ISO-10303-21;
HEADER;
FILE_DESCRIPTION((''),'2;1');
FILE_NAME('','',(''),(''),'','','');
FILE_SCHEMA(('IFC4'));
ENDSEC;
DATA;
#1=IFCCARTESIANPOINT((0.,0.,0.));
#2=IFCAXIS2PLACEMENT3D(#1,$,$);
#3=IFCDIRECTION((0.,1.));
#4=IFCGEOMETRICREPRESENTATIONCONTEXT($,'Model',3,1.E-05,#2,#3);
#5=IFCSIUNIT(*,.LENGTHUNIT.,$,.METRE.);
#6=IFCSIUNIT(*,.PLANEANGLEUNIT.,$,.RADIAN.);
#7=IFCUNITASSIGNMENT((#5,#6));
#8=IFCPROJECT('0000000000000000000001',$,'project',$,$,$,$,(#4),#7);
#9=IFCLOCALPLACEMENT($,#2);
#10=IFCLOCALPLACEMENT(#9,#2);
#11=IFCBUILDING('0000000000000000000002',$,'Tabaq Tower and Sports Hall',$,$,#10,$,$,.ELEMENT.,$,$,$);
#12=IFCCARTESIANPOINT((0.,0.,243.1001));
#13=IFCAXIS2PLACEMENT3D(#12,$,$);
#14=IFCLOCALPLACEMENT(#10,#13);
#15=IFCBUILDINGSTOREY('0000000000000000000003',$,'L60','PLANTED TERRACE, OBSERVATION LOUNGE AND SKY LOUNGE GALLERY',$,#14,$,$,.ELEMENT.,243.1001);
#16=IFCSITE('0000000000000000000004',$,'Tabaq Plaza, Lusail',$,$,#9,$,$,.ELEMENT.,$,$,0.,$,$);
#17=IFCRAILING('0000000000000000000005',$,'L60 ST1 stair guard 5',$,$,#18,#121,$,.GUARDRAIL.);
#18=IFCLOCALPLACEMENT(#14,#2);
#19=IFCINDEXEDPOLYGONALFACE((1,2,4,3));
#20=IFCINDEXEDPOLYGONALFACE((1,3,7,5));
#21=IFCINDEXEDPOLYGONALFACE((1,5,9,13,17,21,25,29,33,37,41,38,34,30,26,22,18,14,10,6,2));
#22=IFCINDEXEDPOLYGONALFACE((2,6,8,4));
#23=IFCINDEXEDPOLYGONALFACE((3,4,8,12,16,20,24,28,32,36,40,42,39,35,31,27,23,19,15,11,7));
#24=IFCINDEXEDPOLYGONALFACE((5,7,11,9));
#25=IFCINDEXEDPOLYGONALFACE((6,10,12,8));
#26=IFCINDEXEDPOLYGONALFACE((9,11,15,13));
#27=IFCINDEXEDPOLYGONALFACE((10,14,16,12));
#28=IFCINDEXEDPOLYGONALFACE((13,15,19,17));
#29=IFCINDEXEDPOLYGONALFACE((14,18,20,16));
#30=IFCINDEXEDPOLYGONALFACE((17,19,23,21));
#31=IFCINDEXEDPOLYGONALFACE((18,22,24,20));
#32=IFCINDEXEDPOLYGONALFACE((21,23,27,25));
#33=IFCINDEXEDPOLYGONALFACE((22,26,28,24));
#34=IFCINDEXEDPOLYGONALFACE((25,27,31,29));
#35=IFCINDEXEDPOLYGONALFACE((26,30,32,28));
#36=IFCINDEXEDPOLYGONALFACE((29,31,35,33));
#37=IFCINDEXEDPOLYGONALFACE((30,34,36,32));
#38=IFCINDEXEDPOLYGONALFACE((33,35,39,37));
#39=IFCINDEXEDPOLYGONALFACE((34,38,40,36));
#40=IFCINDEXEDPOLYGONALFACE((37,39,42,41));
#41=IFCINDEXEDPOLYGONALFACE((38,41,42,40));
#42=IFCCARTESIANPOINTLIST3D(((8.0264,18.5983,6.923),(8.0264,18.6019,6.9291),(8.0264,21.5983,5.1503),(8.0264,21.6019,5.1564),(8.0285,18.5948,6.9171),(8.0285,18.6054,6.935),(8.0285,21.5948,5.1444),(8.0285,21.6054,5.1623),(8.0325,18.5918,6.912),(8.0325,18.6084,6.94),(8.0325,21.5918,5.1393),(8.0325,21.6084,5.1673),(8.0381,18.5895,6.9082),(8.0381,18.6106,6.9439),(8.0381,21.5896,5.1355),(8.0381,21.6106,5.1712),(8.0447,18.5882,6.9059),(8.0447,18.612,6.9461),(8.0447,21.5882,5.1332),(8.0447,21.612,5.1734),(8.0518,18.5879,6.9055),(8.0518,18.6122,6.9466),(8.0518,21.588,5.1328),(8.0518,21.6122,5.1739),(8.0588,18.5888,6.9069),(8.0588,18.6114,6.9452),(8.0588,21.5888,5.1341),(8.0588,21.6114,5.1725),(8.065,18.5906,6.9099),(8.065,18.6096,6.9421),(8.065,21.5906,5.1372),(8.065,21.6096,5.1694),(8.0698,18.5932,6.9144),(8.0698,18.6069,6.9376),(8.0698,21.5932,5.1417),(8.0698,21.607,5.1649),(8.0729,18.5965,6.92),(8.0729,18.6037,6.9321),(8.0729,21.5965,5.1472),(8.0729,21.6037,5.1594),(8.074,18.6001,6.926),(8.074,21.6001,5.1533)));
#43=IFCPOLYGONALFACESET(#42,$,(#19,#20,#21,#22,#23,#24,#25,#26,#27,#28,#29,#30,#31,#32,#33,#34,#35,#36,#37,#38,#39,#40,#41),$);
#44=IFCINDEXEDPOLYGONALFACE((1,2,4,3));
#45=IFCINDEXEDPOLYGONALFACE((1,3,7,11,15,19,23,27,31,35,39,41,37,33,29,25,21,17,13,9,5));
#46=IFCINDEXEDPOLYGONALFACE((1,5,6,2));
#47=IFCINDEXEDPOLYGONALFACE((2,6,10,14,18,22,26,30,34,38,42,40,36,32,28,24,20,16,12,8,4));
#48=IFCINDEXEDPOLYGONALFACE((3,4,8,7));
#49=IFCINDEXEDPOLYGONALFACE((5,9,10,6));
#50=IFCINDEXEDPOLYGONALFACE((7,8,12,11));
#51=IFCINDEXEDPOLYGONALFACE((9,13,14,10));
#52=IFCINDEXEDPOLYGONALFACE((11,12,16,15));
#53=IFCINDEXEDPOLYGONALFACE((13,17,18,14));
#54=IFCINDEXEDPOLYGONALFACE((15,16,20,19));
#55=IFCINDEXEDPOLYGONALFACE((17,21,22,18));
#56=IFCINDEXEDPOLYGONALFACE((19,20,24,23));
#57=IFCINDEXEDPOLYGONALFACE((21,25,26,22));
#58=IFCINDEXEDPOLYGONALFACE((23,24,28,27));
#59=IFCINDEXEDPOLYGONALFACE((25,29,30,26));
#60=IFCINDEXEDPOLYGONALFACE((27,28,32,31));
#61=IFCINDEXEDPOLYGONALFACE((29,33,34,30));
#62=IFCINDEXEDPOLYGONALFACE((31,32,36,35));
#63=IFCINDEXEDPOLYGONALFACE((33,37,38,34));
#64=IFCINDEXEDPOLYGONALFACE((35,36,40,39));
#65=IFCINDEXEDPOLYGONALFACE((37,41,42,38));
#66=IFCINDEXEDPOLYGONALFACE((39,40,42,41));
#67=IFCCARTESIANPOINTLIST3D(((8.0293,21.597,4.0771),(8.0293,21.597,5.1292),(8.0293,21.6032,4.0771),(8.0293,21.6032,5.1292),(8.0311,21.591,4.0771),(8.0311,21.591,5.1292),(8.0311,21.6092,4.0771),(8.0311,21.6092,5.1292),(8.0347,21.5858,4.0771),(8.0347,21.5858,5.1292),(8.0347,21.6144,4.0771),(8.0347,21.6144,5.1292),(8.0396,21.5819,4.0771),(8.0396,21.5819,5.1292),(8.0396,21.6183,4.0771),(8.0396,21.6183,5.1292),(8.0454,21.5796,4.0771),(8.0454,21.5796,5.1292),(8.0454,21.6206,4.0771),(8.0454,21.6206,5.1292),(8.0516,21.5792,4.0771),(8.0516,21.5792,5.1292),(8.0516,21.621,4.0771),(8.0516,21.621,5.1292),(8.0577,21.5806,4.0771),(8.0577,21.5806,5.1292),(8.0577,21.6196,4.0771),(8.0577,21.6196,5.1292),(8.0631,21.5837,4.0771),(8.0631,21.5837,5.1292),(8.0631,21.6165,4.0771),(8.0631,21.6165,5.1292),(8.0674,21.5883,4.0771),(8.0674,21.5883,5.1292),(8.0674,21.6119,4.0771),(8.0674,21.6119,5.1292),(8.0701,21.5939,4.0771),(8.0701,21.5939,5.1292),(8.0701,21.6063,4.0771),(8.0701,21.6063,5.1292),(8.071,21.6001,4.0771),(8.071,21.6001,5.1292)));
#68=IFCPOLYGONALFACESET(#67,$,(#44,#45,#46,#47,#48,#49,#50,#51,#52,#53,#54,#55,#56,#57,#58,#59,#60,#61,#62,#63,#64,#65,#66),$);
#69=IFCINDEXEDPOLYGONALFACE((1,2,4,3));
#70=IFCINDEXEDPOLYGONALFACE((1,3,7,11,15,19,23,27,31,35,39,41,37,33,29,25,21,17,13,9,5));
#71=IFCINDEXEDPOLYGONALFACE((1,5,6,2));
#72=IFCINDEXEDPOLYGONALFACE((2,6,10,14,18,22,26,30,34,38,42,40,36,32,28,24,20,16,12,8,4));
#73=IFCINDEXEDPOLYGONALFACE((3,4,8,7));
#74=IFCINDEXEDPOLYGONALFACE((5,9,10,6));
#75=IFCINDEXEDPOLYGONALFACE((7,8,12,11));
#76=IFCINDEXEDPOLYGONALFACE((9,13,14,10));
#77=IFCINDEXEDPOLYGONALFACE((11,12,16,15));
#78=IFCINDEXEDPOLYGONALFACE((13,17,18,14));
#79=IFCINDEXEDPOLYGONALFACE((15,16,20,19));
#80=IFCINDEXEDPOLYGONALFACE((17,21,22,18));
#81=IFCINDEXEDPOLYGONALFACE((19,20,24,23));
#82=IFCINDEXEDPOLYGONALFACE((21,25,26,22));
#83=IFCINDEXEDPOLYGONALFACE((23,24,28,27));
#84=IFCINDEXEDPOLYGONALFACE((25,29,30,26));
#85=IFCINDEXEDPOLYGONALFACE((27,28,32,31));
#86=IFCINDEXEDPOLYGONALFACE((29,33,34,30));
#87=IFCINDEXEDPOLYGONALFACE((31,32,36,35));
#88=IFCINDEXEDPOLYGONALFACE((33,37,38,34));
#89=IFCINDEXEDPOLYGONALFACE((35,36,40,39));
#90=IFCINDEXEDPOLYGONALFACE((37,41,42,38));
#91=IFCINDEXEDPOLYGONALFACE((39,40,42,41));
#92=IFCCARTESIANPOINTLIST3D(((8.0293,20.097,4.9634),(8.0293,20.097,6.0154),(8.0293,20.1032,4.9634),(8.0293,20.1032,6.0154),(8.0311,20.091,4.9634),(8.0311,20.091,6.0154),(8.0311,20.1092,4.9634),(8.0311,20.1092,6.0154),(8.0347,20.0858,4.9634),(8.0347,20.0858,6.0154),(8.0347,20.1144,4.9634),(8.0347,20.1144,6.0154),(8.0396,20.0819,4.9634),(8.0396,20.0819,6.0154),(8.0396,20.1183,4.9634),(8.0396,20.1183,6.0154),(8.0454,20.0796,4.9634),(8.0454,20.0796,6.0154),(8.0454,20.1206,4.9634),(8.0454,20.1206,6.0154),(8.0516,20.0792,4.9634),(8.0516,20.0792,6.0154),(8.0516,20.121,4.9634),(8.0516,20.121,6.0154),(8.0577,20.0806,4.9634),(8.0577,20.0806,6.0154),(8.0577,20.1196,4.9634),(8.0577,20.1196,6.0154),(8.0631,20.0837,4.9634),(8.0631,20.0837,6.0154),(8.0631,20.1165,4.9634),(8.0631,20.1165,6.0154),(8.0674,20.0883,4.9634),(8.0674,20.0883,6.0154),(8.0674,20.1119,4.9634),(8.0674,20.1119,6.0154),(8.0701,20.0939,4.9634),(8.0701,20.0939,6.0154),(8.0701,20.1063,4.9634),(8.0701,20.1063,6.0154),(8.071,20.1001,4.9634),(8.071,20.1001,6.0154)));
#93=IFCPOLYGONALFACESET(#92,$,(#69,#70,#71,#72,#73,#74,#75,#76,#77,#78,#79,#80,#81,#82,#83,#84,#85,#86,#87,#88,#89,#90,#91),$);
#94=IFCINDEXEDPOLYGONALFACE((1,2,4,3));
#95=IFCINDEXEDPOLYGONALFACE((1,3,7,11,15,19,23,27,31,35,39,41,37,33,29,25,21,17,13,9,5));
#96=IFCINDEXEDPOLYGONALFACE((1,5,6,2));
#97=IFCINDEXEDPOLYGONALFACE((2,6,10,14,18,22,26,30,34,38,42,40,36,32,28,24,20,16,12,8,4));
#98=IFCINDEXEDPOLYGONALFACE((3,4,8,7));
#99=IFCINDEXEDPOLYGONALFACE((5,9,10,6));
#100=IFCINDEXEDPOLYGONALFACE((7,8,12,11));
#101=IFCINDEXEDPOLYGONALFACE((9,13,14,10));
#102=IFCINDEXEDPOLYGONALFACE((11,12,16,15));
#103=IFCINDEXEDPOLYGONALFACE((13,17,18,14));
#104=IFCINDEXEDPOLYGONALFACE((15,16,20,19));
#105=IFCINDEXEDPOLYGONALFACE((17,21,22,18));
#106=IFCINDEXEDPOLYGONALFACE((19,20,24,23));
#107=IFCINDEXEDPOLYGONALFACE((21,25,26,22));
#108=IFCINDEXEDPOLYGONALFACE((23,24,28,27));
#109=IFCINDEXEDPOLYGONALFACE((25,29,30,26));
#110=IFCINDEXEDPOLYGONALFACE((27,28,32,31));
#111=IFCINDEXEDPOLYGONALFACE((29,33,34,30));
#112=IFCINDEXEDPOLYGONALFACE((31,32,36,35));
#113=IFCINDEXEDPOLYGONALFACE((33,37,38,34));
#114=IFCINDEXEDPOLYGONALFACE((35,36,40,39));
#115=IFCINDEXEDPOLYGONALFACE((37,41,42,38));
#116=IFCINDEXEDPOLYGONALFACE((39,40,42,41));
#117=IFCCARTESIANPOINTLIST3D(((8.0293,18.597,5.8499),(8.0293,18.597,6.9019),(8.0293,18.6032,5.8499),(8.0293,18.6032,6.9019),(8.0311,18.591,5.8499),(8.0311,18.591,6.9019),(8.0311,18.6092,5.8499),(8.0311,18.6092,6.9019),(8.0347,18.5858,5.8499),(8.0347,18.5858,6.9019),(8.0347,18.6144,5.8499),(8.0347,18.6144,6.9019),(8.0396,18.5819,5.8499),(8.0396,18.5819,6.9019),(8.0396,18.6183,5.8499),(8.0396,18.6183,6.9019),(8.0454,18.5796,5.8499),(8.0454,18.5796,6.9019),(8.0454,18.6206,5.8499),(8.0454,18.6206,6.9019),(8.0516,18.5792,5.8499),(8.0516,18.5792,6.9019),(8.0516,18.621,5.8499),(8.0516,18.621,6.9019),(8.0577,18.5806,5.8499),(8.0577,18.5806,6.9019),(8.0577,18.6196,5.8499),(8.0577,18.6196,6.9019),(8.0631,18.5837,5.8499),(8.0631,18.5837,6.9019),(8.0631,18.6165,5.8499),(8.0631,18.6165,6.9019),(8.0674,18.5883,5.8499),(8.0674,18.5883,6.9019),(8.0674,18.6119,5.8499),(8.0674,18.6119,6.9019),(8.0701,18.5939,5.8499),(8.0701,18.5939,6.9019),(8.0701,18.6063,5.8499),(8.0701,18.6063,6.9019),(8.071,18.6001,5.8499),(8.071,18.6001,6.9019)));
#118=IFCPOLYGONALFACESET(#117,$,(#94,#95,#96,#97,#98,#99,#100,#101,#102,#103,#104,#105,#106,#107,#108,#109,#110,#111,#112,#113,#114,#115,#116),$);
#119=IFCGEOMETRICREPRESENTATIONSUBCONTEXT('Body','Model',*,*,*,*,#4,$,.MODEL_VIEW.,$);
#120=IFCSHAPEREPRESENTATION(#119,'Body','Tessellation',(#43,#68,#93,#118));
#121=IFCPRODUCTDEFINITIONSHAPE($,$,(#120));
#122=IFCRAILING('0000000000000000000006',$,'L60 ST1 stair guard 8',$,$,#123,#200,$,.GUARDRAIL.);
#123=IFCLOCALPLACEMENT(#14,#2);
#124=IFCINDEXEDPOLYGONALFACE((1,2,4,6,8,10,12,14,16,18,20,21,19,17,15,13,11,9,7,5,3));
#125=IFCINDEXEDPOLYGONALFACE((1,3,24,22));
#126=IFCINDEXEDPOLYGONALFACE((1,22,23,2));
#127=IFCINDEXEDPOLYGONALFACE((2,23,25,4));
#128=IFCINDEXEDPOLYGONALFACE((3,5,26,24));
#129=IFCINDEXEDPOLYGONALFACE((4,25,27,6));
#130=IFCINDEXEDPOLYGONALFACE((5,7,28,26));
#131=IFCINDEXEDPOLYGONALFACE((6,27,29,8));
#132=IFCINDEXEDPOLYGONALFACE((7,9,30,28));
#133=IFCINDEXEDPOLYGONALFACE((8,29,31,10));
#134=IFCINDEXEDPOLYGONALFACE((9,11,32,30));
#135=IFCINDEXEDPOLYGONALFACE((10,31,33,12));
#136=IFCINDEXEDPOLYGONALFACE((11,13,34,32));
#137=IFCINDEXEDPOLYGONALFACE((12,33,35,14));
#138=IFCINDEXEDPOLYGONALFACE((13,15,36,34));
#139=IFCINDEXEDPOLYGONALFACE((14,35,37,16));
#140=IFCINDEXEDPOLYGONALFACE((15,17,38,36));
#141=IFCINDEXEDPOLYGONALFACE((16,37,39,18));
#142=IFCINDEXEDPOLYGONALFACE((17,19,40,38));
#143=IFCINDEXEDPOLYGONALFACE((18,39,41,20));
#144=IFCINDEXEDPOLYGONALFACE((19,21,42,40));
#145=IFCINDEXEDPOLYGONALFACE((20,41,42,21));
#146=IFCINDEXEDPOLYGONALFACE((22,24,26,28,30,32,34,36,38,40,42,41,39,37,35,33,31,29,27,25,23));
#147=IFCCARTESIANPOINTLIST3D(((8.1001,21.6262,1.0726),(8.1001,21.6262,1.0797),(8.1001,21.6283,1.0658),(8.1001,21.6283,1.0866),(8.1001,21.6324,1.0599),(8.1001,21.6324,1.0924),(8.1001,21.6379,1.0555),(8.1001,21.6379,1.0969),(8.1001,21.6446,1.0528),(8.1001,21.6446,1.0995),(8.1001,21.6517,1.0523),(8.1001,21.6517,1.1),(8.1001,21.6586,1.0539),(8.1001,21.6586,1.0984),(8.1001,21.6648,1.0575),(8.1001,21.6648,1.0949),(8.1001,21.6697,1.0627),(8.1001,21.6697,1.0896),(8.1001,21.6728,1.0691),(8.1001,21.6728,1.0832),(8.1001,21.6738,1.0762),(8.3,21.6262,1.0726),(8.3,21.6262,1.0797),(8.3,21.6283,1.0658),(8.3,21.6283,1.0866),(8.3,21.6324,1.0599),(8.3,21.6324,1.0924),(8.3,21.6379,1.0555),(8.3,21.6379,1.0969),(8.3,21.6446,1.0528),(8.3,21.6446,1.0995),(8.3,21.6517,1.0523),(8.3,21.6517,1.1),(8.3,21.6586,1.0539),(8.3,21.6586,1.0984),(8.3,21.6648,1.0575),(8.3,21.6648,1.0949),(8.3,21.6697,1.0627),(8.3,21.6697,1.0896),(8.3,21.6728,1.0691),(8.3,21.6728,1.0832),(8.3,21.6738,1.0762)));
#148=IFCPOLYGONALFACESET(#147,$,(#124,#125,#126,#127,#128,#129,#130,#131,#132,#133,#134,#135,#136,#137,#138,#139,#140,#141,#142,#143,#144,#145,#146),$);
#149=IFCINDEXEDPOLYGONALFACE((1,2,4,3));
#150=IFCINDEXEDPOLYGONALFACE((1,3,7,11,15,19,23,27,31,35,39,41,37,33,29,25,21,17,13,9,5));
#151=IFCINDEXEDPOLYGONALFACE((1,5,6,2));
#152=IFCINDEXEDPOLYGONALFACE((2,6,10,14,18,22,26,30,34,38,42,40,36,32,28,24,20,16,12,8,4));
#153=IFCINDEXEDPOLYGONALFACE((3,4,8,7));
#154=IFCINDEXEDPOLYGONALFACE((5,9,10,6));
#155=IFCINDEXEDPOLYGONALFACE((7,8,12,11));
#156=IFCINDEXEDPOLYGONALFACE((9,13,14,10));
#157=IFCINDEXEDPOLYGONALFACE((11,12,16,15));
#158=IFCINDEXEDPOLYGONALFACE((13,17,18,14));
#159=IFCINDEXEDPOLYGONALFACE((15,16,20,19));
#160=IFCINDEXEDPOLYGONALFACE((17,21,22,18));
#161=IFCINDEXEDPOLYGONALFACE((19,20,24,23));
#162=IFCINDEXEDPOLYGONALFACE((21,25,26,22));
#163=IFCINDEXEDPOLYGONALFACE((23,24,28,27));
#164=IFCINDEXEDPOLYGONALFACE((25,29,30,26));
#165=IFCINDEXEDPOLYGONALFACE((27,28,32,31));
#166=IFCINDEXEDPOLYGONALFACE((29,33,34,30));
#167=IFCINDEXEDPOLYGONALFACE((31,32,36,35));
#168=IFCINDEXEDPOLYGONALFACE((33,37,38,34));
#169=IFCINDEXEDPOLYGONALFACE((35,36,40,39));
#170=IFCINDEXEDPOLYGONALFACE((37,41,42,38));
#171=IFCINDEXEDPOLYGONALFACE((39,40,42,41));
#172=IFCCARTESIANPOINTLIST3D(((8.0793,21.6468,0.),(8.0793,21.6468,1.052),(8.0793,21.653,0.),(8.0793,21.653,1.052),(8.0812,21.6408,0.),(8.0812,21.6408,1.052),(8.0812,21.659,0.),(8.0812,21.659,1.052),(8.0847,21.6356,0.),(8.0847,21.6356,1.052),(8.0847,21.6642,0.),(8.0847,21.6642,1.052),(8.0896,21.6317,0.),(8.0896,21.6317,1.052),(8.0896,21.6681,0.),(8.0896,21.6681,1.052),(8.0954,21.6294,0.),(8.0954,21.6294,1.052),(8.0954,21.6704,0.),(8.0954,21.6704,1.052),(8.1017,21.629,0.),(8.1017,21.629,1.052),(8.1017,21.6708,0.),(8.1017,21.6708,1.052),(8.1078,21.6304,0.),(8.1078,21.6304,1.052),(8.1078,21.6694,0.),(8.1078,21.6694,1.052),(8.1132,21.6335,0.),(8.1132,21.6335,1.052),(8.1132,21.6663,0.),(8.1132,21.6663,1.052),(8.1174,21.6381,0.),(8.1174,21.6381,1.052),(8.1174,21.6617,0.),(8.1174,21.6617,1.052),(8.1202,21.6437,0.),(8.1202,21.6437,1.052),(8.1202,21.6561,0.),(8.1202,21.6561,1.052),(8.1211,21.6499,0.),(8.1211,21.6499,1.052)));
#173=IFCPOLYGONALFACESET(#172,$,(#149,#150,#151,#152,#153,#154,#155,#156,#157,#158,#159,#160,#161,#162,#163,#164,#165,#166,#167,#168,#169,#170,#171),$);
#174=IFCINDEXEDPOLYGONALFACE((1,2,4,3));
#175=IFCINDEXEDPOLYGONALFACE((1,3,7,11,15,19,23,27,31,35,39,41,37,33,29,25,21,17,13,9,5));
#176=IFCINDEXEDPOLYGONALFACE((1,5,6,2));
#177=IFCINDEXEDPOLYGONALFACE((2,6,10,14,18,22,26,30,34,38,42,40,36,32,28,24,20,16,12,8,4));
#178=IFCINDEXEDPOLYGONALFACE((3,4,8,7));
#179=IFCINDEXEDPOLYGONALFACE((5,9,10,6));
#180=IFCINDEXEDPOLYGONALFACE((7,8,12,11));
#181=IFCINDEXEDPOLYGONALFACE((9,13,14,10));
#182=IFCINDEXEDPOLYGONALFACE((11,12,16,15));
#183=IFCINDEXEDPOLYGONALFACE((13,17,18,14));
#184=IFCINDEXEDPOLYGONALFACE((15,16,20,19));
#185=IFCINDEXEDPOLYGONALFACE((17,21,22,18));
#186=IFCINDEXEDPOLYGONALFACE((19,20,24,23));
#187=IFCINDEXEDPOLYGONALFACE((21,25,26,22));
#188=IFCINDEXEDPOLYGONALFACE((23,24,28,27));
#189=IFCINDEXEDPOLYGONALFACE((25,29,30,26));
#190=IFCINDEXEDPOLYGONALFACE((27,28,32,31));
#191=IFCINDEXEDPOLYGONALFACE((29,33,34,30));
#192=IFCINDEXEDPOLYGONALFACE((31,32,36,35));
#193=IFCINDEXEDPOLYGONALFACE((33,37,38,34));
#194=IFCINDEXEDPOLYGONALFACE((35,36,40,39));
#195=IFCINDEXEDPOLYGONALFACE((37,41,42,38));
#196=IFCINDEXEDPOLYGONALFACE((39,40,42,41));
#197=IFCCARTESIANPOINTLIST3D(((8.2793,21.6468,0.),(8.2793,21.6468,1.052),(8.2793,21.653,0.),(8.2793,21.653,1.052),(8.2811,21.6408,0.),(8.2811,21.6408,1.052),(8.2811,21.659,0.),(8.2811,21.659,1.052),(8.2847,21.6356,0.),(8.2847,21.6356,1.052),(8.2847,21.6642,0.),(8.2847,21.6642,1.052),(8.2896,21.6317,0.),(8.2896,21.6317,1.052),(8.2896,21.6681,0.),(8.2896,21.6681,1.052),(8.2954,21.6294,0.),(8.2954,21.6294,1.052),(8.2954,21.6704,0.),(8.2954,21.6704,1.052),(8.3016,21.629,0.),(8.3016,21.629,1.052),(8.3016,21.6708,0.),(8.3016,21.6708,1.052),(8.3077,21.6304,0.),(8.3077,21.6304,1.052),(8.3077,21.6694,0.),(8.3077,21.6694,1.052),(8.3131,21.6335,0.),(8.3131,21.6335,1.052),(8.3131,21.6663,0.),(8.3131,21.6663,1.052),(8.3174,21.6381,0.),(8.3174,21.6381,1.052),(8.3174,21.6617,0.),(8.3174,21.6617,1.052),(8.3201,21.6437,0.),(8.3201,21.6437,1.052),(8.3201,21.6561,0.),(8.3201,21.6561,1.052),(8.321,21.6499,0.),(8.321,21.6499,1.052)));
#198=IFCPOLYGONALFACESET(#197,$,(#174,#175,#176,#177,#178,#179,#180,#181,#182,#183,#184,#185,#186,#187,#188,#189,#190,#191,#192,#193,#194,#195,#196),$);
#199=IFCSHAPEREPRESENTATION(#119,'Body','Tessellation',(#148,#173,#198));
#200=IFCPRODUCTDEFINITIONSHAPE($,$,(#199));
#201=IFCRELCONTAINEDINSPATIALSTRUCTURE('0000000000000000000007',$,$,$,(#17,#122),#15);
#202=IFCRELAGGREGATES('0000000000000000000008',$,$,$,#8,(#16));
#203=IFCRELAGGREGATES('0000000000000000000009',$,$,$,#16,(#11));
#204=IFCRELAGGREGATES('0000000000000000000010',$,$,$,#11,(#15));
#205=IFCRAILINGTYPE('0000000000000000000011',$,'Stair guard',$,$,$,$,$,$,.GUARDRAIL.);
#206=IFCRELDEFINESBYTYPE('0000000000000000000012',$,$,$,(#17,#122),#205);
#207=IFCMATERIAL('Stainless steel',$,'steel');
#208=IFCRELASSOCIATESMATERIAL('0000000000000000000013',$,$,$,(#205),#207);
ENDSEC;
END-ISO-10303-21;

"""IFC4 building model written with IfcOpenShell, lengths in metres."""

from ifc_helpers import new_model, si_unit, direction, frame, origin, origin_2d, place, context, subcontext, project, spatial, circle, extrude, material, type_object, element, save


model = new_model("IFC4")

# Units and contexts
model_context = context("Model", 3, precision=1e-05, world=origin(), true_north=direction((0.0, 1.0)))
body_context = subcontext(model_context, "Body", "Model", "MODEL_VIEW")
ifc_project = project(units=[si_unit("LENGTHUNIT", "METRE"), si_unit("PLANEANGLEUNIT", "RADIAN")], contexts=[model_context])

# Site, building, storey
site_placement = place(None, origin())
site = spatial("IfcSite", under=ifc_project, at=site_placement, Name="Tabaq Plaza, Lusail", CompositionType="ELEMENT", RefElevation=0.0)
building_placement = place(site_placement, origin())
building = spatial("IfcBuilding", under=site, at=building_placement, Name="Tabaq Tower and Sports Hall", CompositionType="ELEMENT")
storey_placement = place(building_placement, frame((0.0, 0.0, 243.1001)))
storey = spatial("IfcBuildingStorey", under=building, at=storey_placement, Name="L60", Description="PLANTED TERRACE, OBSERVATION LOUNGE AND SKY LOUNGE GALLERY", CompositionType="ELEMENT", Elevation=243.1001)

# Railings
ifc_material_1 = material(Name="Stainless steel", Category="steel")
railing_type_1 = type_object("IfcRailingType", Name="Stair guard", PredefinedType="GUARDRAIL", material=ifc_material_1)
railing_1_placement = place(storey_placement, frame((8.05, 21.6001, 4.0771)))
element("IfcRailing", 1, at=railing_1_placement, inside=storey, type_object=railing_type_1, Name="L60 ST1 stair guard 5", PredefinedType="GUARDRAIL", context=body_context, shape_type="SweptSolid", body=[
    extrude(circle(Radius=0.0239, at=origin_2d()), frame((0.0, 0.0, 1.0762), z_axis=(0.0, -0.860929, 0.508725), x_axis=(1.0, 0.0, 0.0)), (0.0, 0.0, 1.0), 3.4846),
    extrude(circle(Radius=0.021, at=origin_2d()), origin(), (0.0, 0.0, 1.0), 1.052),
    extrude(circle(Radius=0.021, at=origin_2d()), frame((0.0, -1.5, 0.8862)), (0.0, 0.0, 1.0), 1.052),
    extrude(circle(Radius=0.021, at=origin_2d()), frame((0.0, -3.0, 1.7727)), (0.0, 0.0, 1.0), 1.052),
])
railing_2_placement = place(storey_placement, frame((8.1001, 21.6499, 0.0)))
element("IfcRailing", 2, at=railing_2_placement, inside=storey, type_object=railing_type_1, Name="L60 ST1 stair guard 8", PredefinedType="GUARDRAIL", context=body_context, shape_type="SweptSolid", body=[
    extrude(circle(Radius=0.0239, at=origin_2d()), frame((0.0, 0.0, 1.0762), z_axis=(1.0, 0.0, 0.0), x_axis=(0.0, 1.0, 0.0)), (0.0, 0.0, 1.0), 0.2),
    extrude(circle(Radius=0.021, at=origin_2d()), origin(), (0.0, 0.0, 1.0), 1.052),
    extrude(circle(Radius=0.021, at=origin_2d()), frame((0.2, 0.0, 0.0)), (0.0, 0.0, 1.0), 1.052),
])

save(model, "model.ifc")
